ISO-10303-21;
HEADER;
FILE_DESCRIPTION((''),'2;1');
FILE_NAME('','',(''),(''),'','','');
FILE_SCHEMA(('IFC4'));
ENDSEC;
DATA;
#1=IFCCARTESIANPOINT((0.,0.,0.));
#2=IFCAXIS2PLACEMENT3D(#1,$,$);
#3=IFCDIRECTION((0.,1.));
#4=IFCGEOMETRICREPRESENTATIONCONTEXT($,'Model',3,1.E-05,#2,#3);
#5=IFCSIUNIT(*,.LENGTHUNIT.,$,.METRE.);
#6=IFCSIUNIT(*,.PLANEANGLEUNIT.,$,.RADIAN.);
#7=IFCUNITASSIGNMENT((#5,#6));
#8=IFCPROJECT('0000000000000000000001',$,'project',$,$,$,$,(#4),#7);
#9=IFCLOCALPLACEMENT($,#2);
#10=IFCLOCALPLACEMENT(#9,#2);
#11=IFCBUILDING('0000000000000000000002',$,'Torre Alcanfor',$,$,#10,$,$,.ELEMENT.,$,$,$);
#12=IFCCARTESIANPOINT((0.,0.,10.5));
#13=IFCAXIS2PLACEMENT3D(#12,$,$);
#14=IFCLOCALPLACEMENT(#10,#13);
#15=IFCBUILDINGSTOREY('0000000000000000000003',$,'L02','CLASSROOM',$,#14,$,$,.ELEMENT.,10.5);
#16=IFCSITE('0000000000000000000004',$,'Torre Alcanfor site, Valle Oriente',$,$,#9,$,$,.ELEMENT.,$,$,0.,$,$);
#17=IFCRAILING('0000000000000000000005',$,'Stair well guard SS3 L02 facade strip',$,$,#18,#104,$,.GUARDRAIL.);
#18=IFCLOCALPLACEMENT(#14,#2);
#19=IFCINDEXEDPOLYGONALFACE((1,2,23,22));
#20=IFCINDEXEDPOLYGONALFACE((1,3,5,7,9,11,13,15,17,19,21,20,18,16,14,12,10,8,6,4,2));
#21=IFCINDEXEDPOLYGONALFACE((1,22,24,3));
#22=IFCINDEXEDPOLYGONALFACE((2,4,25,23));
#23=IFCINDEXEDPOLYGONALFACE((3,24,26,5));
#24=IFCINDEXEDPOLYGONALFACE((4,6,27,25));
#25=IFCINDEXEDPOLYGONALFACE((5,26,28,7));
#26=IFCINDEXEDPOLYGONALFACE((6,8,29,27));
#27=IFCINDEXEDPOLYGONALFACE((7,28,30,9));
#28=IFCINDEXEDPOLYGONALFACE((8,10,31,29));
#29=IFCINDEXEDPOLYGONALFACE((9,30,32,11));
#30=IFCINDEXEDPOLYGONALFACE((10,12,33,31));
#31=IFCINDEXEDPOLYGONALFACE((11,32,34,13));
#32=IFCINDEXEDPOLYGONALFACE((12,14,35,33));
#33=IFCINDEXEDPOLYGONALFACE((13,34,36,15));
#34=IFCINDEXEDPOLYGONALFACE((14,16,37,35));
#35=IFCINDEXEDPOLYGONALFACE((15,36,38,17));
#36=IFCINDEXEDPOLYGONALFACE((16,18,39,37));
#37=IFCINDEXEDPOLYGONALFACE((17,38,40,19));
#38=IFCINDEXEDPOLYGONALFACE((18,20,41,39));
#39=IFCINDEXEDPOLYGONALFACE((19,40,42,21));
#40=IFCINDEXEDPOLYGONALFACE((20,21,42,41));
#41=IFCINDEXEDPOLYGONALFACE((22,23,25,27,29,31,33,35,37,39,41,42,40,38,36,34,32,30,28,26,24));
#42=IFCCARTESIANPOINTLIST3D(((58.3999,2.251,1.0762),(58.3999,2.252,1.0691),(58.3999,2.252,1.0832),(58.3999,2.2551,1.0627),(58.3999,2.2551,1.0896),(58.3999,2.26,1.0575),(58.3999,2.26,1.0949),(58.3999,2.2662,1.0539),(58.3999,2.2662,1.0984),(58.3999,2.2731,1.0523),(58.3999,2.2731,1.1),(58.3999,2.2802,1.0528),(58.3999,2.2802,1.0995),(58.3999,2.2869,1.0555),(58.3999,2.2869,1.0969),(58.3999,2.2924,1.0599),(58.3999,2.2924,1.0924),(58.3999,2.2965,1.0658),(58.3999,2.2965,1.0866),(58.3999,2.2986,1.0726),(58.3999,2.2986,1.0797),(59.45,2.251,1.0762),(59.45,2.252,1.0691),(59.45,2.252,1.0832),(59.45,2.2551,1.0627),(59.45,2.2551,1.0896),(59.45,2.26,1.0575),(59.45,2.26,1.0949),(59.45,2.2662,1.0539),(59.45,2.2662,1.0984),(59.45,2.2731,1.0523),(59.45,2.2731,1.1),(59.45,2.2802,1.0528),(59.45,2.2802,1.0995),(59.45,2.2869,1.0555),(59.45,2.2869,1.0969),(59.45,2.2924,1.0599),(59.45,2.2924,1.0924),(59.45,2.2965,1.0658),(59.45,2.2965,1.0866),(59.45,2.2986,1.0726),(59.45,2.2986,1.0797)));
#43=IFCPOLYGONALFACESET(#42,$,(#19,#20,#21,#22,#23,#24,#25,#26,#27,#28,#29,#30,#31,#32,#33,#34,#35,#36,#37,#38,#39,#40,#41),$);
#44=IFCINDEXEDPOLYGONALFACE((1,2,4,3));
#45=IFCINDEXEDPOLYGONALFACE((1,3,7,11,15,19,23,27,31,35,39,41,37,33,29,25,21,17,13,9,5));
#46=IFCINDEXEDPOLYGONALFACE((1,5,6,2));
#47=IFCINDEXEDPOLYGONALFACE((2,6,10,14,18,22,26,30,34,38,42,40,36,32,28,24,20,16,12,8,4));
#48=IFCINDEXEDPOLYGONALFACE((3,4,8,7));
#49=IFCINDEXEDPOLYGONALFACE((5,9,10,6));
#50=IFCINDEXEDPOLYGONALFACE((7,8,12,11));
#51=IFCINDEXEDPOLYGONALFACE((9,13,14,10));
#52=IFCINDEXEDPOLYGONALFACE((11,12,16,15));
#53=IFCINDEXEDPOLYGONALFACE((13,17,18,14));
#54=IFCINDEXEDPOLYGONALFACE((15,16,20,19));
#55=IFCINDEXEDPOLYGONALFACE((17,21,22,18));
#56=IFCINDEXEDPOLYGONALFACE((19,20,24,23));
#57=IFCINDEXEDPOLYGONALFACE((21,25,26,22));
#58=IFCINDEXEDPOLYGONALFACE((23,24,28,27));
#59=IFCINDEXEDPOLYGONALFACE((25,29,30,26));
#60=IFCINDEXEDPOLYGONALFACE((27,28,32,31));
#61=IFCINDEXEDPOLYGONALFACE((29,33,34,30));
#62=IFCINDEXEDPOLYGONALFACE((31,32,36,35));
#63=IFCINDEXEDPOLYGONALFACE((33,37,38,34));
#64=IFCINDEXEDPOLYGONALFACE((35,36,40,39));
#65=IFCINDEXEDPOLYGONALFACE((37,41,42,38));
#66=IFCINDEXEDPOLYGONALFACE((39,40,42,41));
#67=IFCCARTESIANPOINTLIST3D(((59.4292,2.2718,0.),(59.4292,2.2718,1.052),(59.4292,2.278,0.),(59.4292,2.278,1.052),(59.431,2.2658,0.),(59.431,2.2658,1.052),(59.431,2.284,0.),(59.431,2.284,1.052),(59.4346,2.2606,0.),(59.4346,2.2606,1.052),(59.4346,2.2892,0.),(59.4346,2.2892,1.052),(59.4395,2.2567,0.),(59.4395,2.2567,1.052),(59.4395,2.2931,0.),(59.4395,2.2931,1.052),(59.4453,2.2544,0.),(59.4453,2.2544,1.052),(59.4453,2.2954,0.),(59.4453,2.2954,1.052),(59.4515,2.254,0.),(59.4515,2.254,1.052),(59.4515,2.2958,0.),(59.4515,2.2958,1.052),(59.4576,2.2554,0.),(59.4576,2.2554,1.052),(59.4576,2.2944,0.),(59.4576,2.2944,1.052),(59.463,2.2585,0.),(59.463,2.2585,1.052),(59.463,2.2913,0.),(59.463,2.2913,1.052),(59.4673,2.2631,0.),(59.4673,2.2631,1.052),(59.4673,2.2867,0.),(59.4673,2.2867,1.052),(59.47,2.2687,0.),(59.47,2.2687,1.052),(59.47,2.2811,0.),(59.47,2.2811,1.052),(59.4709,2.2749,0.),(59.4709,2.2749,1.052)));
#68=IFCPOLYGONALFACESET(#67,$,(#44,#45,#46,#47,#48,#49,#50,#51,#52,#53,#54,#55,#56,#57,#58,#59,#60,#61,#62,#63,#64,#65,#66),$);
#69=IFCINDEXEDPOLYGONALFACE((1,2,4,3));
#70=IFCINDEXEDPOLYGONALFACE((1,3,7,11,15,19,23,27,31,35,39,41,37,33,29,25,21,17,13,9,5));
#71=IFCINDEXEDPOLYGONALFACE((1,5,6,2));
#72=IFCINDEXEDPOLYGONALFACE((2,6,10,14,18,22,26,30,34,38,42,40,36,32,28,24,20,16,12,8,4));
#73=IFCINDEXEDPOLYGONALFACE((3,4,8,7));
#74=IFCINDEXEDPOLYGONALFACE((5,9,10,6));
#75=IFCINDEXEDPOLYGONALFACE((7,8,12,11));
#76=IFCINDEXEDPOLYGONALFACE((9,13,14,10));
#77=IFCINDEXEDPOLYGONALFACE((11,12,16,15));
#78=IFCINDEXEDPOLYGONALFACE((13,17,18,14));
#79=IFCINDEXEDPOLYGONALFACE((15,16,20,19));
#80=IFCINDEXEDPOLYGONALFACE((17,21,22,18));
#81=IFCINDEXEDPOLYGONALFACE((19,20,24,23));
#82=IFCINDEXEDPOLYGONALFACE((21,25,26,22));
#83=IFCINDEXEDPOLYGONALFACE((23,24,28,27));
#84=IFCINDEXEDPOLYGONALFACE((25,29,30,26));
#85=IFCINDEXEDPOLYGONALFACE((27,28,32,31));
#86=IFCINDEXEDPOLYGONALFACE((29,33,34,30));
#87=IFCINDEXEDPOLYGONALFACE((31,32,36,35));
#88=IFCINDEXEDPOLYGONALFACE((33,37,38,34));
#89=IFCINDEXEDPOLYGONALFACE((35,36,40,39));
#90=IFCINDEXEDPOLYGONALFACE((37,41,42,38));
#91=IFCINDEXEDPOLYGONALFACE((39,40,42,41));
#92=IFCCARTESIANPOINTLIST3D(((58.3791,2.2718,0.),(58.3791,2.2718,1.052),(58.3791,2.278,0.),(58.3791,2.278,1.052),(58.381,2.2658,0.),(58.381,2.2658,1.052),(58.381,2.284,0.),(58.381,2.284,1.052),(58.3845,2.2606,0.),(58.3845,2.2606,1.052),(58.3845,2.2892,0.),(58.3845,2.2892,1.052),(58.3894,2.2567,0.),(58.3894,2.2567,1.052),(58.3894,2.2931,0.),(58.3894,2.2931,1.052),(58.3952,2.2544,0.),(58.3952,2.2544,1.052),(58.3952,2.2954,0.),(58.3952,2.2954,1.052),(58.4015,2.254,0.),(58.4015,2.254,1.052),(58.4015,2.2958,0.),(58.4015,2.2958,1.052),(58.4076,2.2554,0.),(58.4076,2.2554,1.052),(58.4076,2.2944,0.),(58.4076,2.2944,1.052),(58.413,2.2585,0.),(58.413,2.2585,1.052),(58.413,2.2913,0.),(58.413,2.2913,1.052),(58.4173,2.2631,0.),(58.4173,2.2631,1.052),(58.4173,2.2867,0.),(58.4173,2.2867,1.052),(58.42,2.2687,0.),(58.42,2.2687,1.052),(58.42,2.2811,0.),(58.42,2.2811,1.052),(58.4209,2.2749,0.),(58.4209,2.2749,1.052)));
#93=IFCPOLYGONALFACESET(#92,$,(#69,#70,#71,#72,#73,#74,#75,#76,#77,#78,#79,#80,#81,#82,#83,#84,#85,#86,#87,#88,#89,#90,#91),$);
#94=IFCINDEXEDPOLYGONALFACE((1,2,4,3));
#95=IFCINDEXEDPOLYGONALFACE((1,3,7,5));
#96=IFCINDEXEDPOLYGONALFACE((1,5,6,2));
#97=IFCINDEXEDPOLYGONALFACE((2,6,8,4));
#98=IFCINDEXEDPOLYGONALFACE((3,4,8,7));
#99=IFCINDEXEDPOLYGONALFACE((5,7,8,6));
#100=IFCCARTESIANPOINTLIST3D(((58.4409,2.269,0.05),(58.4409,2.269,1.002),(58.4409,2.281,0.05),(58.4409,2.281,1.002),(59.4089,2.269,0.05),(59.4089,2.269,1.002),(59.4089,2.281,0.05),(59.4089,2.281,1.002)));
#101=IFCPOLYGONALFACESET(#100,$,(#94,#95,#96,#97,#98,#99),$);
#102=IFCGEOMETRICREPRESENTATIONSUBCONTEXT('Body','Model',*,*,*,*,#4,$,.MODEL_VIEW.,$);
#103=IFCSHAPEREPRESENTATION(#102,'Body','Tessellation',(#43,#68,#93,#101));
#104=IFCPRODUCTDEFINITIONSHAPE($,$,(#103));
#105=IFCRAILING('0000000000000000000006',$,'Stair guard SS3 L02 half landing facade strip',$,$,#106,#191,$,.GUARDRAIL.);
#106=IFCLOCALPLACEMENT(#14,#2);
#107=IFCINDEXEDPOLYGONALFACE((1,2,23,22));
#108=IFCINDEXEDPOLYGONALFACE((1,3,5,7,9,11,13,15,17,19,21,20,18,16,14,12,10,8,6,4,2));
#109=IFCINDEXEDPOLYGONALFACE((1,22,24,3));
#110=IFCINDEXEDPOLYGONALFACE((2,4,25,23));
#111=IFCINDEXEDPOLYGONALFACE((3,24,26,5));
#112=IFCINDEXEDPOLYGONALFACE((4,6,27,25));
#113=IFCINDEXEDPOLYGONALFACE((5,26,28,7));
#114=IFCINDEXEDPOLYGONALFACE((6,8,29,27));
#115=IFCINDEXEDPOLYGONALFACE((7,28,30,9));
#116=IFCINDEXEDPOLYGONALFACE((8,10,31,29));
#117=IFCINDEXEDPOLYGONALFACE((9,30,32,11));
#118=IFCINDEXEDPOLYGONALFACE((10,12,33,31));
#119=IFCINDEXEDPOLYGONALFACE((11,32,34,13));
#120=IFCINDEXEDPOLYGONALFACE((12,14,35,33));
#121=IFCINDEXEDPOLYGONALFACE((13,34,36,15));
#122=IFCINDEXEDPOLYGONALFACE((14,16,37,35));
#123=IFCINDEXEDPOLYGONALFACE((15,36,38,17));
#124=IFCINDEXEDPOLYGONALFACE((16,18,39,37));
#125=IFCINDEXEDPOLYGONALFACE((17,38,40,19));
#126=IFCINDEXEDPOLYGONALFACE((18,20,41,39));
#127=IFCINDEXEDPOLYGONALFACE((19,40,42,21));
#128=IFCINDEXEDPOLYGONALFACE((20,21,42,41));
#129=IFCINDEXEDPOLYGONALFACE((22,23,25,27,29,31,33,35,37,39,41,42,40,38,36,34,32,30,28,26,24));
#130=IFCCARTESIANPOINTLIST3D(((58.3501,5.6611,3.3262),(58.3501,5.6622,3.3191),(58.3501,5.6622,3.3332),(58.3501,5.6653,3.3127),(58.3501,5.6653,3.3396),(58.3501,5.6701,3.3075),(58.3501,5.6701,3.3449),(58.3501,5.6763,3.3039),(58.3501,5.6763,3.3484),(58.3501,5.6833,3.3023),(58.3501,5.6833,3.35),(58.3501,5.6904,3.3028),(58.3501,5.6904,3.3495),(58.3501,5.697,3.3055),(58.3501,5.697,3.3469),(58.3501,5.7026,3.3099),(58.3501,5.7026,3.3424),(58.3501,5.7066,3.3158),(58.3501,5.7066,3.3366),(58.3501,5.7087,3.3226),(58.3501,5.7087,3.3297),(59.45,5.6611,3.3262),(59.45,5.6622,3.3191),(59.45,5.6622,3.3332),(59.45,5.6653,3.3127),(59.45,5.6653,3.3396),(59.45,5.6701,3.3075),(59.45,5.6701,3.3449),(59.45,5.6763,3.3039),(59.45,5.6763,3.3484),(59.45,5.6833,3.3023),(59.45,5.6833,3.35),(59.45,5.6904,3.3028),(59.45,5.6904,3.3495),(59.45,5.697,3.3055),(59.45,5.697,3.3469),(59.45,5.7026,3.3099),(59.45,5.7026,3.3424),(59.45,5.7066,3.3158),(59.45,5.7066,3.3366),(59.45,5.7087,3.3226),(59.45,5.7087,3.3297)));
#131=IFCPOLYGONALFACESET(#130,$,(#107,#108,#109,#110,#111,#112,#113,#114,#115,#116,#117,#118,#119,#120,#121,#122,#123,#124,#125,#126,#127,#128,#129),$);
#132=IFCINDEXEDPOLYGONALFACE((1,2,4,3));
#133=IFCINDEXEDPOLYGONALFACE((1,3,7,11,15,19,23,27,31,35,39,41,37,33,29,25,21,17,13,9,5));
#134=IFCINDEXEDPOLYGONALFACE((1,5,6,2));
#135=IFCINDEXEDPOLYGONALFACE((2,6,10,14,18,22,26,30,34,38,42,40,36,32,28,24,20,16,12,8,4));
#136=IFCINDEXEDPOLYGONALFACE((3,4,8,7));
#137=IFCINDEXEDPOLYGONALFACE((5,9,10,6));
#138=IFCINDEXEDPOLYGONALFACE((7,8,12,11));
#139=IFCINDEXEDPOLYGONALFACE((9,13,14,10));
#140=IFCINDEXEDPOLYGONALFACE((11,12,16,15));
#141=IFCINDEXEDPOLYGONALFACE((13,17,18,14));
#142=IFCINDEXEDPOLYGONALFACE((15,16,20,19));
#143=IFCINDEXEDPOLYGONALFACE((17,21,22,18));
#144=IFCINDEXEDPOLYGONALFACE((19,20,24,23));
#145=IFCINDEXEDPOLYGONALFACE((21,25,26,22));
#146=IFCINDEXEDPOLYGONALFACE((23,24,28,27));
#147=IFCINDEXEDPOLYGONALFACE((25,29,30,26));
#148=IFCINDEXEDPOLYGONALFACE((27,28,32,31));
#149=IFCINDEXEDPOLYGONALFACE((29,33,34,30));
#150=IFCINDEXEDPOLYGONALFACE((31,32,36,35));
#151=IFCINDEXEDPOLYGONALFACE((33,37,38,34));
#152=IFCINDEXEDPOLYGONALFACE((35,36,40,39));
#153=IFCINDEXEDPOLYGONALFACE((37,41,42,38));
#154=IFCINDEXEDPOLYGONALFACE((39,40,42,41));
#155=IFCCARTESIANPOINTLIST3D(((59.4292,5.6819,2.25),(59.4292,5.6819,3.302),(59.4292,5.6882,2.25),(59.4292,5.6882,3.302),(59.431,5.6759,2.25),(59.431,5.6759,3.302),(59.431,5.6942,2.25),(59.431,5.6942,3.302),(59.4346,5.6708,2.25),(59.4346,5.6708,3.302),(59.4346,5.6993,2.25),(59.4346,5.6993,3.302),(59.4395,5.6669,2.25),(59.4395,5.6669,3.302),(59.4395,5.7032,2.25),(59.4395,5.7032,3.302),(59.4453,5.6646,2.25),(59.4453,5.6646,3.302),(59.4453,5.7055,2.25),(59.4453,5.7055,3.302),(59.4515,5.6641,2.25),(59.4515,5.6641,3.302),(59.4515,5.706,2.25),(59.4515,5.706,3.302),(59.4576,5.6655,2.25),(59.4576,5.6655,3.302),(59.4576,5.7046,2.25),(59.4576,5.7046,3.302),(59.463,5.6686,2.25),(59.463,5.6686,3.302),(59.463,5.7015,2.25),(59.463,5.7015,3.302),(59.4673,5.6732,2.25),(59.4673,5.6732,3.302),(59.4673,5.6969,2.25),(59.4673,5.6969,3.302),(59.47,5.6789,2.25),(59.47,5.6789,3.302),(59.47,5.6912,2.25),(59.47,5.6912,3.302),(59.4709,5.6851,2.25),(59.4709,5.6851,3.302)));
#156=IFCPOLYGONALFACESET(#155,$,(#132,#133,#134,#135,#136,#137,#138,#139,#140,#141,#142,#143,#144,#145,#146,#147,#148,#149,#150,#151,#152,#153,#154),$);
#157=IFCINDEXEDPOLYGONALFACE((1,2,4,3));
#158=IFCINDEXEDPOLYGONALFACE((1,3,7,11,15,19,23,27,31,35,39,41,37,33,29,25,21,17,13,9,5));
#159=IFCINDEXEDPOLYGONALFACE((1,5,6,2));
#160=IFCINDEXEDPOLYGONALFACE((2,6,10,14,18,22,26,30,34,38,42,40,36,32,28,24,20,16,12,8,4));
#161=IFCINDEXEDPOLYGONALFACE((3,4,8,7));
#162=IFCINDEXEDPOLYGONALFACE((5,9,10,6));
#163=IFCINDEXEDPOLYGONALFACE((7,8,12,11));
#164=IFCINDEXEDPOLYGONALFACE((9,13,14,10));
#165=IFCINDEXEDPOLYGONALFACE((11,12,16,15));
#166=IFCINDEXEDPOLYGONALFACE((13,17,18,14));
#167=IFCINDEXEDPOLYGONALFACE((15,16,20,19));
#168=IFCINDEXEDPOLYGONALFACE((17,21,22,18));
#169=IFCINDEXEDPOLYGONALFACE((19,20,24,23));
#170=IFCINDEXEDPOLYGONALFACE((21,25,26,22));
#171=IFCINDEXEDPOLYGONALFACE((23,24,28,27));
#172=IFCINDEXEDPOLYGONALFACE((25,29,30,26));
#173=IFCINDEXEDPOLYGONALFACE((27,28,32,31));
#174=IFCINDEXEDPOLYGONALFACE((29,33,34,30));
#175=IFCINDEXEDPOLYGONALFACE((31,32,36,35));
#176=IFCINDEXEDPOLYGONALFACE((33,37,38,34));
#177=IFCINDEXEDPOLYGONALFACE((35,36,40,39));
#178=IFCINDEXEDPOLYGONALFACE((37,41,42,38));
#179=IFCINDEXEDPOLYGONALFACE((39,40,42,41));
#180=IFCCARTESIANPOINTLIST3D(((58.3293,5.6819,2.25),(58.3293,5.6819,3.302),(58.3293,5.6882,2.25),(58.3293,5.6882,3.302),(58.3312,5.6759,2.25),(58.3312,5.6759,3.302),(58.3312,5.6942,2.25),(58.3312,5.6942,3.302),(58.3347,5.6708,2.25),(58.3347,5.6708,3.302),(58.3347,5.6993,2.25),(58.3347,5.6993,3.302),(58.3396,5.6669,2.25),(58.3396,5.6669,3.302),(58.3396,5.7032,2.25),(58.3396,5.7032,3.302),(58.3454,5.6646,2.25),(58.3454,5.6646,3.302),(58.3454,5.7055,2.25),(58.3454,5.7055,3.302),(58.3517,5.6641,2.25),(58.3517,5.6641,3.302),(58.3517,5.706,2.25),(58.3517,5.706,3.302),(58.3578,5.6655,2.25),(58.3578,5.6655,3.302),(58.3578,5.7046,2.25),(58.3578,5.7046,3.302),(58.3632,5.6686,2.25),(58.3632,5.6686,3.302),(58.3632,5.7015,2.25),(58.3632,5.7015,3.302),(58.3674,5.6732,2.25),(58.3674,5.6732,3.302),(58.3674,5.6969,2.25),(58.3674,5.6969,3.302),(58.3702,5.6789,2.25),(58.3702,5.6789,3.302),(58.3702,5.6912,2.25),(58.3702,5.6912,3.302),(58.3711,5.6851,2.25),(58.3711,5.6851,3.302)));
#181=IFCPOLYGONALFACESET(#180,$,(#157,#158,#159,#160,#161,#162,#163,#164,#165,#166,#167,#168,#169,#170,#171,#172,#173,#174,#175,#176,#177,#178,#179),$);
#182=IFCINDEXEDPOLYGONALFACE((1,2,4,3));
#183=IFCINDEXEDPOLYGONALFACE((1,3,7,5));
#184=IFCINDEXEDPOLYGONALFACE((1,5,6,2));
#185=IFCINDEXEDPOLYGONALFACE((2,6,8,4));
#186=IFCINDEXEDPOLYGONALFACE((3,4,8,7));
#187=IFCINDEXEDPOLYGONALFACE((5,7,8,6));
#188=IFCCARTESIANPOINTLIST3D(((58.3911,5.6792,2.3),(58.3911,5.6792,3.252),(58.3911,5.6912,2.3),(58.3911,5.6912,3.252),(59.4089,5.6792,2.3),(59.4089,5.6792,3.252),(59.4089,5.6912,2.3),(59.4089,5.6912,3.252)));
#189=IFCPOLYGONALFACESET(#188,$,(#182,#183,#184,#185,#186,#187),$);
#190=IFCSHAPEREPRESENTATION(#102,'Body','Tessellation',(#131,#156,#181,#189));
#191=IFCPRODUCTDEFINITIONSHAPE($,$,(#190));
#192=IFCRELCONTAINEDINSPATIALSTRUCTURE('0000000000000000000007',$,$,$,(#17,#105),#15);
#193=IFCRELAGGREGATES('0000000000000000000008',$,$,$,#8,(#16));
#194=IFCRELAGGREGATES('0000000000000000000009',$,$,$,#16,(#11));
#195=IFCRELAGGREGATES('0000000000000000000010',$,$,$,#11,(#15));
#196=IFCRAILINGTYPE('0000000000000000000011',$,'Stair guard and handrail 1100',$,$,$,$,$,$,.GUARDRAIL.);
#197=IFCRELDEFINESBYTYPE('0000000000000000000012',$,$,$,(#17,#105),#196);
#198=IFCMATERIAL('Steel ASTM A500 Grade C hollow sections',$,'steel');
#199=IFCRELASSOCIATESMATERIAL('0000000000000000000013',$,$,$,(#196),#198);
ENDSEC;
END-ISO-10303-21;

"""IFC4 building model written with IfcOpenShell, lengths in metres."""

from ifc_helpers import new_model, si_unit, direction, frame, origin, origin_2d, place, context, subcontext, project, spatial, polyline, circle, outline, extrude, material, type_object, element, save


model = new_model("IFC4")

# Units and contexts
model_context = context("Model", 3, precision=1e-05, world=origin(), true_north=direction((0.0, 1.0)))
body_context = subcontext(model_context, "Body", "Model", "MODEL_VIEW")
ifc_project = project(units=[si_unit("LENGTHUNIT", "METRE"), si_unit("PLANEANGLEUNIT", "RADIAN")], contexts=[model_context])

# Site, building, storey
site_placement = place(None, origin())
site = spatial("IfcSite", under=ifc_project, at=site_placement, Name="Torre Alcanfor site, Valle Oriente", CompositionType="ELEMENT", RefElevation=0.0)
building_placement = place(site_placement, origin())
building = spatial("IfcBuilding", under=site, at=building_placement, Name="Torre Alcanfor", CompositionType="ELEMENT")
storey_placement = place(building_placement, frame((0.0, 0.0, 10.5)))
storey = spatial("IfcBuildingStorey", under=building, at=storey_placement, Name="L02", Description="CLASSROOM", CompositionType="ELEMENT", Elevation=10.5)

# Railings
ifc_material_1 = material(Name="Steel ASTM A500 Grade C hollow sections", Category="steel")
railing_type_1 = type_object("IfcRailingType", Name="Stair guard and handrail 1100", PredefinedType="GUARDRAIL", material=ifc_material_1)
railing_1_placement = place(storey_placement, frame((59.45, 2.2749, 0.0)))
element("IfcRailing", 1, at=railing_1_placement, inside=storey, type_object=railing_type_1, Name="Stair well guard SS3 L02 facade strip", PredefinedType="GUARDRAIL", context=body_context, shape_type="SweptSolid", body=[
    extrude(circle(Radius=0.0239, at=origin_2d()), frame((0.0, 0.0, 1.0762), z_axis=(-1.0, 0.0, 0.0), x_axis=(0.0, -1.0, 0.0)), (0.0, 0.0, 1.0), 1.05),
    extrude(circle(Radius=0.021, at=origin_2d()), origin(), (0.0, 0.0, 1.0), 1.052),
    extrude(circle(Radius=0.021, at=origin_2d()), frame((-1.05, 0.0, 0.0)), (0.0, 0.0, 1.0), 1.052),
    extrude(outline(polyline([(0.041, 0.05), (1.009, 0.05), (1.009, 1.002), (0.041, 1.002), (0.041, 0.05)])), frame((0.0, -0.0059, 0.0), z_axis=(0.0, 1.0, 0.0), x_axis=(-1.0, 0.0, 0.0)), (0.0, 0.0, 1.0), 0.012),
])
railing_2_placement = place(storey_placement, frame((59.45, 5.6851, 2.25)))
element("IfcRailing", 2, at=railing_2_placement, inside=storey, type_object=railing_type_1, Name="Stair guard SS3 L02 half landing facade strip", PredefinedType="GUARDRAIL", context=body_context, shape_type="SweptSolid", body=[
    extrude(circle(Radius=0.0239, at=origin_2d()), frame((0.0, 0.0, 1.0762), z_axis=(-1.0, 0.0, 0.0), x_axis=(0.0, -1.0, 0.0)), (0.0, 0.0, 1.0), 1.0999),
    extrude(circle(Radius=0.021, at=origin_2d()), origin(), (0.0, 0.0, 1.0), 1.052),
    extrude(circle(Radius=0.021, at=origin_2d()), frame((-1.0999, 0.0, 0.0)), (0.0, 0.0, 1.0), 1.052),
    extrude(outline(polyline([(0.041, 0.05), (1.0588, 0.05), (1.0588, 1.002), (0.041, 1.002), (0.041, 0.05)])), frame((0.0, -0.0059, 0.0), z_axis=(0.0, 1.0, 0.0), x_axis=(-1.0, 0.0, 0.0)), (0.0, 0.0, 1.0), 0.012),
])

save(model, "model.ifc")
